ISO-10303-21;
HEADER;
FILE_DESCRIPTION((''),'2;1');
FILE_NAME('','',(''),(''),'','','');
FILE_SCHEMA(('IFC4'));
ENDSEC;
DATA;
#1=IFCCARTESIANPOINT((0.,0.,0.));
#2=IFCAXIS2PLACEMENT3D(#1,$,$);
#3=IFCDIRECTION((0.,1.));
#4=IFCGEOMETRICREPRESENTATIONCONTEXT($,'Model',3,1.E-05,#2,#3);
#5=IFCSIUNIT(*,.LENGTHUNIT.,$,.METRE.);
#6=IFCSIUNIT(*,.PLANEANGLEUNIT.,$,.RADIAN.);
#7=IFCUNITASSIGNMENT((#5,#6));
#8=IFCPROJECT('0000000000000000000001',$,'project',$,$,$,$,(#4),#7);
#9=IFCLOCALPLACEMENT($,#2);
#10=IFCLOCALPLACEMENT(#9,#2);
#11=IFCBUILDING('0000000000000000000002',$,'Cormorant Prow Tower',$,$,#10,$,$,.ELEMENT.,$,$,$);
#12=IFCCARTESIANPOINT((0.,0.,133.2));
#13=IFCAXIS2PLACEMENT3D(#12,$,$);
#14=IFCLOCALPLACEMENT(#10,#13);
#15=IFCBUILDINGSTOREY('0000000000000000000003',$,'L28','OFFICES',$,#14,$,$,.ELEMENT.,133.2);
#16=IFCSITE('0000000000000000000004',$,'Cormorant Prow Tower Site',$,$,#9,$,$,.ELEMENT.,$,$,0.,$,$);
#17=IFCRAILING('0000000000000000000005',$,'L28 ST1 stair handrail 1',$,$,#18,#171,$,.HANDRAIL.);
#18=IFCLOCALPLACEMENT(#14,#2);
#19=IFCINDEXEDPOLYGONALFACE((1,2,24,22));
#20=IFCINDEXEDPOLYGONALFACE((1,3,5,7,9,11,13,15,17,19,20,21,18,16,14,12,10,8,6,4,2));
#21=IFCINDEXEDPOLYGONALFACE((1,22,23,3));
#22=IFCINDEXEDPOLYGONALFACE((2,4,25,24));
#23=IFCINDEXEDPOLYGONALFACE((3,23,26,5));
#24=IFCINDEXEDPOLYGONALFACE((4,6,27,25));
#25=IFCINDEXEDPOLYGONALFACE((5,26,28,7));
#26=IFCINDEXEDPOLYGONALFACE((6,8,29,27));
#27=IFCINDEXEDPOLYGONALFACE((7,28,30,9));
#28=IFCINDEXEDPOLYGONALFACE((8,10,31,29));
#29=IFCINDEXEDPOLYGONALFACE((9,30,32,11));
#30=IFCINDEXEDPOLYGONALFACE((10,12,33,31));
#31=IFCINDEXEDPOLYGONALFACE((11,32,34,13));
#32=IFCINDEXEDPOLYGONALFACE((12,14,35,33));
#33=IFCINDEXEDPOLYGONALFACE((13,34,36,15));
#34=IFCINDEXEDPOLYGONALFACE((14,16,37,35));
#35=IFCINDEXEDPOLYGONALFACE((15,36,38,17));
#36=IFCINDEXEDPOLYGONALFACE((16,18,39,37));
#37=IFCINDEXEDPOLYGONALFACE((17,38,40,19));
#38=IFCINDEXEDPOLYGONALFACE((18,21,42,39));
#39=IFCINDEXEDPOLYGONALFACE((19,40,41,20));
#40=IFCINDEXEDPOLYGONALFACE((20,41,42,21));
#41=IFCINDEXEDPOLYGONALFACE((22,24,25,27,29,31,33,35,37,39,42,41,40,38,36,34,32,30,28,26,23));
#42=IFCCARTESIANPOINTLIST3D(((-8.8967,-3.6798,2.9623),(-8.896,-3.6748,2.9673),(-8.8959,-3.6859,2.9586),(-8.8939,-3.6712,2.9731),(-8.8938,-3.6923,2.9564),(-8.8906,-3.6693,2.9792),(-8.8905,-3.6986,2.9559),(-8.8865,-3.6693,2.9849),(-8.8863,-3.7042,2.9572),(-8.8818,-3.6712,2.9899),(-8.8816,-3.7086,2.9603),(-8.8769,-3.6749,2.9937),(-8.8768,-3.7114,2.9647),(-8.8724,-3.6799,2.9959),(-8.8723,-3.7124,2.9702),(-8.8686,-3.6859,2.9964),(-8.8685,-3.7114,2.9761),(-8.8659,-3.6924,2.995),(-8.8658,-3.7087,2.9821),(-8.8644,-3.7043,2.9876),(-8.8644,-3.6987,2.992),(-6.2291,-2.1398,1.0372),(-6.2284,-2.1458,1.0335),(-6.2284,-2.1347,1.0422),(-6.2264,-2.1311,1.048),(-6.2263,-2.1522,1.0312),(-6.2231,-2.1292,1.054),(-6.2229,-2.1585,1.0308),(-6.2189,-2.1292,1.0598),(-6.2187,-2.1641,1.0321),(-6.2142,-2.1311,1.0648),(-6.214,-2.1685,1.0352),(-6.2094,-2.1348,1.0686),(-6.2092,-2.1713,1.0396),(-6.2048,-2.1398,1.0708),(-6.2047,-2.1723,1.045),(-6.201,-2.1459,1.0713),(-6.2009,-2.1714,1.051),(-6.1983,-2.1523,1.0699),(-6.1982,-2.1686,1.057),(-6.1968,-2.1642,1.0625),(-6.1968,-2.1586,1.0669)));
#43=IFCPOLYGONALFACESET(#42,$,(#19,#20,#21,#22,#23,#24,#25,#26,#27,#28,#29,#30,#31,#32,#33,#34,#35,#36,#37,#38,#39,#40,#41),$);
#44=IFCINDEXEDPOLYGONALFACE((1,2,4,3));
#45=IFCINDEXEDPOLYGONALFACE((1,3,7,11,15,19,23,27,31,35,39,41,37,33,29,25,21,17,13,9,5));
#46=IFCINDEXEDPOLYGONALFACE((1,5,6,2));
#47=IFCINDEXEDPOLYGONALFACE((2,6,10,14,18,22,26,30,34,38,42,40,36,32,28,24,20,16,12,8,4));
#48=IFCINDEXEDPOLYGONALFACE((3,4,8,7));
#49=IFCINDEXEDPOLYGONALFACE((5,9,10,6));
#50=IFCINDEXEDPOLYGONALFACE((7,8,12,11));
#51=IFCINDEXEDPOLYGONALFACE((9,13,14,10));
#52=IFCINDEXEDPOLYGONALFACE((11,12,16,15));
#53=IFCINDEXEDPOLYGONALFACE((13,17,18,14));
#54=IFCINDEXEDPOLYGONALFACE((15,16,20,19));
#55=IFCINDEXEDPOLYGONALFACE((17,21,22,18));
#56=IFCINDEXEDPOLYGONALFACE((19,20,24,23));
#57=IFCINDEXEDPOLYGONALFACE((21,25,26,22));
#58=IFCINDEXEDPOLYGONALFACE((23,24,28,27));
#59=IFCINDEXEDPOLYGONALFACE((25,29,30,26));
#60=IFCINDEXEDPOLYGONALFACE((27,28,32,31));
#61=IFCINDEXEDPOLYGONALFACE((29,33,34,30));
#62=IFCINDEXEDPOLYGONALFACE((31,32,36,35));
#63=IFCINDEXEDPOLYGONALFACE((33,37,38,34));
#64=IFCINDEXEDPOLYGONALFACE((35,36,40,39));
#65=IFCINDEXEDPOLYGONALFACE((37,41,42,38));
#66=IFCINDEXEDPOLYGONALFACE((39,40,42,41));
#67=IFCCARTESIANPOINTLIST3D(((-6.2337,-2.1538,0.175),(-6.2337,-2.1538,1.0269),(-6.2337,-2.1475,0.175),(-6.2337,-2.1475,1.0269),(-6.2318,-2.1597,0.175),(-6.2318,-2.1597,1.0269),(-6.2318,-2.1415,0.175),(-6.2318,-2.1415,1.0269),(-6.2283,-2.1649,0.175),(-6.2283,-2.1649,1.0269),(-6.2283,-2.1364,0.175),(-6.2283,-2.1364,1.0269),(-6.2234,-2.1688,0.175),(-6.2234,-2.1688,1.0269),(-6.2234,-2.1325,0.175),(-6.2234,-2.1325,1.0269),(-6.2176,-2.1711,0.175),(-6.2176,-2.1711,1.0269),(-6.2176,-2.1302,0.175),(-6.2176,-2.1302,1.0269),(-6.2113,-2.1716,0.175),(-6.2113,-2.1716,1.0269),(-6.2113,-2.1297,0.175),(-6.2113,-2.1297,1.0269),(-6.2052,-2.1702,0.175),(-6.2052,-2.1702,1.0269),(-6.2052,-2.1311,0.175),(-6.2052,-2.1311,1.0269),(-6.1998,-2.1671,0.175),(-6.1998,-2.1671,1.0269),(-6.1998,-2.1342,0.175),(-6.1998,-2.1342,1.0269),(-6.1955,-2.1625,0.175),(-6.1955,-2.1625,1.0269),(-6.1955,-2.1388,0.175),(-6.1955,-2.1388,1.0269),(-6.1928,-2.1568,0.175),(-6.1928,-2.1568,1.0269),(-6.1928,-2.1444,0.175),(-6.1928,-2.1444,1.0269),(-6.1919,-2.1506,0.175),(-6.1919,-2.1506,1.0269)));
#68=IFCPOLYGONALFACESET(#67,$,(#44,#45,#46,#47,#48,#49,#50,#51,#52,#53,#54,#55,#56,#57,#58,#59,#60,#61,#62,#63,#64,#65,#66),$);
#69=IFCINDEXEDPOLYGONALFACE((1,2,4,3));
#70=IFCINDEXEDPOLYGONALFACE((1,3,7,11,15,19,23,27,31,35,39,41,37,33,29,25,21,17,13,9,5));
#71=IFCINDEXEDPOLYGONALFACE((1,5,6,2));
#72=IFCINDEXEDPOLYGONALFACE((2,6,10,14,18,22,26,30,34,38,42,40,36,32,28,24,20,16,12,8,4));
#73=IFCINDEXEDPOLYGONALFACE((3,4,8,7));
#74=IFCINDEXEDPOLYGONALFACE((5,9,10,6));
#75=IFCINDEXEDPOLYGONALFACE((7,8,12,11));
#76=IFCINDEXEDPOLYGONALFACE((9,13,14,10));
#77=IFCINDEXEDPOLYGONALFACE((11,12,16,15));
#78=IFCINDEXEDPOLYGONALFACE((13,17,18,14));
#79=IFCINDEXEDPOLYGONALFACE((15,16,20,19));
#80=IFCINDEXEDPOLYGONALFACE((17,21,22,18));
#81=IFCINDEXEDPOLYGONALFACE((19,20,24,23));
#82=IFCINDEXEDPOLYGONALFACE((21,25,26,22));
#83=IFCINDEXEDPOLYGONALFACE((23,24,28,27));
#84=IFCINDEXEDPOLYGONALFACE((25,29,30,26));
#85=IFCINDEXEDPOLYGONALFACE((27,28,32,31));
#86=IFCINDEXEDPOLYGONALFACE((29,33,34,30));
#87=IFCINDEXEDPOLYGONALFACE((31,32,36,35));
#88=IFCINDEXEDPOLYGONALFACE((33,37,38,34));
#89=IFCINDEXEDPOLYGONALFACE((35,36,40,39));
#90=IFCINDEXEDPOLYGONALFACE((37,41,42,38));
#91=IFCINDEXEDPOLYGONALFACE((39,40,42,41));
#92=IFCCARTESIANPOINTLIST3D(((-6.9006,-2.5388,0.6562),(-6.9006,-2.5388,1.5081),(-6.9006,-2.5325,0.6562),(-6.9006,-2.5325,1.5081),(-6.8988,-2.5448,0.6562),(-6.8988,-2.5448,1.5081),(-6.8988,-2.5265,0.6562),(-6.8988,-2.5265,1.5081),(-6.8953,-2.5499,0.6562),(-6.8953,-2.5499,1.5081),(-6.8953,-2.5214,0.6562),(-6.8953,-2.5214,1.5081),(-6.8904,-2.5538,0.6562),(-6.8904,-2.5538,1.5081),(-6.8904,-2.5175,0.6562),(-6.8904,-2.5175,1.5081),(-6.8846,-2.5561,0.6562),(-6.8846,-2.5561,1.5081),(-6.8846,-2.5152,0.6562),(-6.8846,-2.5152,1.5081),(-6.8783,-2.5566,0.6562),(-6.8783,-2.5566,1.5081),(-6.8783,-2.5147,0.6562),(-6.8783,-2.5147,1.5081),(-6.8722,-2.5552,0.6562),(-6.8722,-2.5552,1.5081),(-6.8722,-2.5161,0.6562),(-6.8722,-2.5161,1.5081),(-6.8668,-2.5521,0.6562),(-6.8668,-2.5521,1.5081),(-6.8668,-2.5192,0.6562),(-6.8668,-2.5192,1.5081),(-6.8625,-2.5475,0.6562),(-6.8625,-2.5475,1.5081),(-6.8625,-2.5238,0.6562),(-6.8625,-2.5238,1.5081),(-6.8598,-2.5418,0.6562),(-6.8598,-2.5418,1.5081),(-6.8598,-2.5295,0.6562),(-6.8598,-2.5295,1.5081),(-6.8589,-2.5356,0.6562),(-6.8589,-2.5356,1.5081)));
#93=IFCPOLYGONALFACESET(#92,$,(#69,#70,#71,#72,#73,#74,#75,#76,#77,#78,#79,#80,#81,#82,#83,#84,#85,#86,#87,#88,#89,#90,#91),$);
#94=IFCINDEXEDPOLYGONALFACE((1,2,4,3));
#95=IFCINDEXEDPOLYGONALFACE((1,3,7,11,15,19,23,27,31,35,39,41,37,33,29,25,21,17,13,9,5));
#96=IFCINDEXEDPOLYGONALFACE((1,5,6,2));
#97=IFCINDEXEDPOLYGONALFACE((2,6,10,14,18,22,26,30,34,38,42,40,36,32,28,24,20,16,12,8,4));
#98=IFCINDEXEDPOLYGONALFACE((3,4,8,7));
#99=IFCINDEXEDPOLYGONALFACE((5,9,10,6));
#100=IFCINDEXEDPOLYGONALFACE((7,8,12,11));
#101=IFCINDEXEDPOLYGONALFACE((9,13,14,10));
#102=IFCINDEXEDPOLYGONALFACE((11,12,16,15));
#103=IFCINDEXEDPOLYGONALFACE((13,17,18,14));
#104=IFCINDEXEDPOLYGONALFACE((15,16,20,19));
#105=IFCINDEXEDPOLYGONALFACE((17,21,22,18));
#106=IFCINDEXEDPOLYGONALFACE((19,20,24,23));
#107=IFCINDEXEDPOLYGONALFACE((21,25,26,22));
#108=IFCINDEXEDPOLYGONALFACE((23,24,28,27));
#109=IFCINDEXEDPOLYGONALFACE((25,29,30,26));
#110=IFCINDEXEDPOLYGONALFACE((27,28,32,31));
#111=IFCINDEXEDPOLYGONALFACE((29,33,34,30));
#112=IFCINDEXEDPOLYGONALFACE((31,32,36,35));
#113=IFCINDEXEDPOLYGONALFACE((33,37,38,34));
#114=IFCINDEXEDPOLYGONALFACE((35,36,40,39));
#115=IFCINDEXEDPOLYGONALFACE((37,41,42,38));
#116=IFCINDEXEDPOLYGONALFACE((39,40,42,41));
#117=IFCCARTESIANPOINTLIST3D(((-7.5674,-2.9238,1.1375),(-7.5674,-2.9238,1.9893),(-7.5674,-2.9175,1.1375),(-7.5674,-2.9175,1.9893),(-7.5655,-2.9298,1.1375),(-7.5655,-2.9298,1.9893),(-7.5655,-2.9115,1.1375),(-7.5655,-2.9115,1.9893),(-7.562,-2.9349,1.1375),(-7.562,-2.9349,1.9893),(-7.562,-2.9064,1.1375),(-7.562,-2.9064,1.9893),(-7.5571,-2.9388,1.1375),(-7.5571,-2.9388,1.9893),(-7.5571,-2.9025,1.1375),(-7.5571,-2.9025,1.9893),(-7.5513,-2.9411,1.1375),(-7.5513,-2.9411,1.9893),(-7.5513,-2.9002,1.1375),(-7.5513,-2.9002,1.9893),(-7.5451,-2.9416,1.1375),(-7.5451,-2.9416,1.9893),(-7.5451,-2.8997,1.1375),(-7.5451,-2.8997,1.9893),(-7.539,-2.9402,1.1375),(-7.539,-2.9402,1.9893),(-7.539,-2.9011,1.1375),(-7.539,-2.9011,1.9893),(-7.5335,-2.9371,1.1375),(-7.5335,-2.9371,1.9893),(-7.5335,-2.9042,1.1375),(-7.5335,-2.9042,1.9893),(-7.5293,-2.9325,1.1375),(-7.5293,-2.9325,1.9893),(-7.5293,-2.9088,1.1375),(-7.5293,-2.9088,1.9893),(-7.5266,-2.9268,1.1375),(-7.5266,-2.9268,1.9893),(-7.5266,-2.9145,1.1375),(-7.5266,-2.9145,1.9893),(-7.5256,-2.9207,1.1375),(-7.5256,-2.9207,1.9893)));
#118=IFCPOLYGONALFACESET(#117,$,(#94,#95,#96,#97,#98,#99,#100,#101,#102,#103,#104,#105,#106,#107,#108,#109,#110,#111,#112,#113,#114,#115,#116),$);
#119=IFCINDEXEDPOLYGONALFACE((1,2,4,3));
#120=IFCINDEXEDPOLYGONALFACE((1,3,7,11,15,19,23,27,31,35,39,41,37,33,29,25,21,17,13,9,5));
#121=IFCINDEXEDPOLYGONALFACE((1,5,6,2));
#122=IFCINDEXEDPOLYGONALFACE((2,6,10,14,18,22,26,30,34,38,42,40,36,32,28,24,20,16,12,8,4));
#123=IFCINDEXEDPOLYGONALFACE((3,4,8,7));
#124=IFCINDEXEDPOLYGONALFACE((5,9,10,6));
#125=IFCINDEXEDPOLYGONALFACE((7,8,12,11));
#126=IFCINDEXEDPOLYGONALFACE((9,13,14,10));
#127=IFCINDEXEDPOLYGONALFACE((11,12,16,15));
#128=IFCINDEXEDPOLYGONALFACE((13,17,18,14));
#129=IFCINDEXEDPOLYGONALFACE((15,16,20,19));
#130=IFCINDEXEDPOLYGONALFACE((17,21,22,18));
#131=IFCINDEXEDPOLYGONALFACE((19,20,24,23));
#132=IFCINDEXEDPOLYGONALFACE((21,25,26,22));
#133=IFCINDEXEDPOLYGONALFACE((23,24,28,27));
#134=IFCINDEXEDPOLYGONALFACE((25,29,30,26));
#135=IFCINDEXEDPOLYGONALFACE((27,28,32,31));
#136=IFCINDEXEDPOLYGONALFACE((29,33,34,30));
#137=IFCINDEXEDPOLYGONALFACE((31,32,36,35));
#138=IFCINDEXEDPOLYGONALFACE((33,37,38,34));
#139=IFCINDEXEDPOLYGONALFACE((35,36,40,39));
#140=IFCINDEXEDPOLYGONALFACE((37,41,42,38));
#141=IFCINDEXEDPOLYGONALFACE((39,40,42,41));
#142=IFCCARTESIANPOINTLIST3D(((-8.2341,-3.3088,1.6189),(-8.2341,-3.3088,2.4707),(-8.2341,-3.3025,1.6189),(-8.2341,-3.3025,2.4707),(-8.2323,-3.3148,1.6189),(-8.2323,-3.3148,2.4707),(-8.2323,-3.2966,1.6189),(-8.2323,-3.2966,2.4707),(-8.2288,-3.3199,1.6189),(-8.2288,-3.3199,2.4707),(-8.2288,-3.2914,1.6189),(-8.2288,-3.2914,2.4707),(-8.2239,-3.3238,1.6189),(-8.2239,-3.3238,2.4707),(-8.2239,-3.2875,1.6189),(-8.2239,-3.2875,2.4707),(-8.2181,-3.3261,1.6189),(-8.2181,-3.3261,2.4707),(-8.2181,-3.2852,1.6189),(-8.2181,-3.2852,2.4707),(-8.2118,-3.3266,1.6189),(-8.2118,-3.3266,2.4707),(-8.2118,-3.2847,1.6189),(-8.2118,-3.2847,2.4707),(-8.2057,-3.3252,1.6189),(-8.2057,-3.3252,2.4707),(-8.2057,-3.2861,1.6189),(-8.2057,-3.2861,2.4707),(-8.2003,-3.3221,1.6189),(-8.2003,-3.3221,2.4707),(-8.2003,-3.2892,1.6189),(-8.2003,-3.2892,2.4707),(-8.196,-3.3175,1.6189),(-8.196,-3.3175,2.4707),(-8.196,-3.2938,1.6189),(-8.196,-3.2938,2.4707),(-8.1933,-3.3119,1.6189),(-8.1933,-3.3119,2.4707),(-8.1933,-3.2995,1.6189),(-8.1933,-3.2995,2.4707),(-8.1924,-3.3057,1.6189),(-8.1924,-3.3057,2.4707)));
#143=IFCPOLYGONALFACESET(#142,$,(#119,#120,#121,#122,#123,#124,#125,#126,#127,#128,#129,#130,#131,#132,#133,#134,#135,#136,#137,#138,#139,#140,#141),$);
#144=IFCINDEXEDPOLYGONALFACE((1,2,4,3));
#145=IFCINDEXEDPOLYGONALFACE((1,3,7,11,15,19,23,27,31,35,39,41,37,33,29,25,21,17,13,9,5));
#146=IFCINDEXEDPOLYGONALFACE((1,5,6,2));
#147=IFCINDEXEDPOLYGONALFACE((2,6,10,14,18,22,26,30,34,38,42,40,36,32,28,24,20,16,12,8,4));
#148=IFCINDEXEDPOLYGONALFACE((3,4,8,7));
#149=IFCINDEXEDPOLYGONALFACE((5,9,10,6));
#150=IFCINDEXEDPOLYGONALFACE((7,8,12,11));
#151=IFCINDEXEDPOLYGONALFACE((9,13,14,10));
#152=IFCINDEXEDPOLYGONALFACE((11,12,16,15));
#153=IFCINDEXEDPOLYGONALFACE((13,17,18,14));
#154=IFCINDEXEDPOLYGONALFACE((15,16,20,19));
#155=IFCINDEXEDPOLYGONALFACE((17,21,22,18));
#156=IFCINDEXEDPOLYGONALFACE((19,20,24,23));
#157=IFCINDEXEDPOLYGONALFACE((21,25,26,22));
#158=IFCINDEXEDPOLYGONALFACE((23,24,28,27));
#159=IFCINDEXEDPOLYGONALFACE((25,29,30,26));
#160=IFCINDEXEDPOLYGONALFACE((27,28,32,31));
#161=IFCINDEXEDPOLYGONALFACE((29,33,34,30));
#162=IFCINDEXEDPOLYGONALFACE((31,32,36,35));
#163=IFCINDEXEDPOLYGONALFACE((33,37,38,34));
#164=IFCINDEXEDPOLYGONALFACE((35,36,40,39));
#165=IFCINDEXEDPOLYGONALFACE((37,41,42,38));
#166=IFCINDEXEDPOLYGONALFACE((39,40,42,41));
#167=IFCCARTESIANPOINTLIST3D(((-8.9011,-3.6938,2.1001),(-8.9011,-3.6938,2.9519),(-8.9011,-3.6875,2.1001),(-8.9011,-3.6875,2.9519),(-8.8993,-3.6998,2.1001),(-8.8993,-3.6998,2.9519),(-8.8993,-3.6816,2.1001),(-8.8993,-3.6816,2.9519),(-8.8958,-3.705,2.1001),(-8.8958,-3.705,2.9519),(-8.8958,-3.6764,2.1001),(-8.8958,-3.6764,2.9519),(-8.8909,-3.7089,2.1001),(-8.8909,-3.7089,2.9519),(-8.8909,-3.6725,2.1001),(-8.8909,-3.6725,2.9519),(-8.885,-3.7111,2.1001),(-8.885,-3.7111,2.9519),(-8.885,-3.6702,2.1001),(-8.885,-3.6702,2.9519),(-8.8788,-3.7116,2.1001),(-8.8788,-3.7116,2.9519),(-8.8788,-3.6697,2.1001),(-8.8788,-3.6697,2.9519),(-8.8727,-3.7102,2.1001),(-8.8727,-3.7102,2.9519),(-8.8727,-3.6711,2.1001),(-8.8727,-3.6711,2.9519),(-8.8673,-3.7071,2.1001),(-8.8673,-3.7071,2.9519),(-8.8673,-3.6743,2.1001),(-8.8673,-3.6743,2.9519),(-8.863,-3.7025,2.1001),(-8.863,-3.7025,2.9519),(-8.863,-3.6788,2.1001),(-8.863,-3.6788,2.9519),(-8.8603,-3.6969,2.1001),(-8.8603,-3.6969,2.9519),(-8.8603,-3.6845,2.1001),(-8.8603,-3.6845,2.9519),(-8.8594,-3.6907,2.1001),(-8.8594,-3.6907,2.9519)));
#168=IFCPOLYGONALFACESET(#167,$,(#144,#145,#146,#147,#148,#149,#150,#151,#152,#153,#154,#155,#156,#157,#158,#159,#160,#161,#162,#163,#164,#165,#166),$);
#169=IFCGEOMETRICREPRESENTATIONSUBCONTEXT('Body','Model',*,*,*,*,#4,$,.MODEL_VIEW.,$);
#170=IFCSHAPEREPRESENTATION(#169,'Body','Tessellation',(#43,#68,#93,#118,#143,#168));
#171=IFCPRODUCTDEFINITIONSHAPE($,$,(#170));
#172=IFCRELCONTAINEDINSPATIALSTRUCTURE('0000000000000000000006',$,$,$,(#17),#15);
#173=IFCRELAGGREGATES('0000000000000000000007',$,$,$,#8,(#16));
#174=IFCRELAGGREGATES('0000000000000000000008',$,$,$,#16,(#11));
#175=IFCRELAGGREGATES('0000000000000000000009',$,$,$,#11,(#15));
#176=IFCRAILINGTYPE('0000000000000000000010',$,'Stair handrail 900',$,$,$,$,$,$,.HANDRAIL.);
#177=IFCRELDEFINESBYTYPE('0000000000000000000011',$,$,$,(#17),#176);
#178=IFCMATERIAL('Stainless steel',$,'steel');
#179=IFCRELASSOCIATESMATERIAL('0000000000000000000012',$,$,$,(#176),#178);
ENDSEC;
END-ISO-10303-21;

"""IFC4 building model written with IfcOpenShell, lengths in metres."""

from ifc_helpers import new_model, si_unit, direction, frame, origin, origin_2d, place, context, subcontext, project, spatial, circle, extrude, material, type_object, element, save


model = new_model("IFC4")

# Units and contexts
model_context = context("Model", 3, precision=1e-05, world=origin(), true_north=direction((0.0, 1.0)))
body_context = subcontext(model_context, "Body", "Model", "MODEL_VIEW")
ifc_project = project(units=[si_unit("LENGTHUNIT", "METRE"), si_unit("PLANEANGLEUNIT", "RADIAN")], contexts=[model_context])

# Site, building, storey
site_placement = place(None, origin())
site = spatial("IfcSite", under=ifc_project, at=site_placement, Name="Cormorant Prow Tower Site", CompositionType="ELEMENT", RefElevation=0.0)
building_placement = place(site_placement, origin())
building = spatial("IfcBuilding", under=site, at=building_placement, Name="Cormorant Prow Tower", CompositionType="ELEMENT")
storey_placement = place(building_placement, frame((0.0, 0.0, 133.2)))
storey = spatial("IfcBuildingStorey", under=building, at=storey_placement, Name="L28", Description="OFFICES", CompositionType="ELEMENT", Elevation=133.2)

# Railing
ifc_material_1 = material(Name="Stainless steel", Category="steel")
railing_type_1 = type_object("IfcRailingType", Name="Stair handrail 900", PredefinedType="HANDRAIL", material=ifc_material_1)
railing_1_placement = place(storey_placement, frame((-6.2129, -2.1506, 0.175)))
element("IfcRailing", 1, at=railing_1_placement, inside=storey, type_object=railing_type_1, Name="L28 ST1 stair handrail 1", PredefinedType="HANDRAIL", context=body_context, shape_type="SweptSolid", body=[
    extrude(circle(Radius=0.0239, at=origin_2d()), frame((0.0, 0.0, 0.876), z_axis=(-0.734395, -0.423994, 0.529993), x_axis=(0.499992, -0.86603, 0.0)), (0.0, 0.0, 1.0), 3.6323),
    extrude(circle(Radius=0.021, at=origin_2d()), origin(), (0.0, 0.0, 1.0), 0.8518),
    extrude(circle(Radius=0.021, at=origin_2d()), frame((-0.667, -0.385, 0.4812)), (0.0, 0.0, 1.0), 0.8518),
    extrude(circle(Radius=0.021, at=origin_2d()), frame((-1.3337, -0.77, 0.9624)), (0.0, 0.0, 1.0), 0.8518),
    extrude(circle(Radius=0.021, at=origin_2d()), frame((-2.0005, -1.155, 1.4438)), (0.0, 0.0, 1.0), 0.8518),
    extrude(circle(Radius=0.021, at=origin_2d()), frame((-2.6675, -1.54, 1.925)), (0.0, 0.0, 1.0), 0.8518),
])

save(model, "model.ifc")
